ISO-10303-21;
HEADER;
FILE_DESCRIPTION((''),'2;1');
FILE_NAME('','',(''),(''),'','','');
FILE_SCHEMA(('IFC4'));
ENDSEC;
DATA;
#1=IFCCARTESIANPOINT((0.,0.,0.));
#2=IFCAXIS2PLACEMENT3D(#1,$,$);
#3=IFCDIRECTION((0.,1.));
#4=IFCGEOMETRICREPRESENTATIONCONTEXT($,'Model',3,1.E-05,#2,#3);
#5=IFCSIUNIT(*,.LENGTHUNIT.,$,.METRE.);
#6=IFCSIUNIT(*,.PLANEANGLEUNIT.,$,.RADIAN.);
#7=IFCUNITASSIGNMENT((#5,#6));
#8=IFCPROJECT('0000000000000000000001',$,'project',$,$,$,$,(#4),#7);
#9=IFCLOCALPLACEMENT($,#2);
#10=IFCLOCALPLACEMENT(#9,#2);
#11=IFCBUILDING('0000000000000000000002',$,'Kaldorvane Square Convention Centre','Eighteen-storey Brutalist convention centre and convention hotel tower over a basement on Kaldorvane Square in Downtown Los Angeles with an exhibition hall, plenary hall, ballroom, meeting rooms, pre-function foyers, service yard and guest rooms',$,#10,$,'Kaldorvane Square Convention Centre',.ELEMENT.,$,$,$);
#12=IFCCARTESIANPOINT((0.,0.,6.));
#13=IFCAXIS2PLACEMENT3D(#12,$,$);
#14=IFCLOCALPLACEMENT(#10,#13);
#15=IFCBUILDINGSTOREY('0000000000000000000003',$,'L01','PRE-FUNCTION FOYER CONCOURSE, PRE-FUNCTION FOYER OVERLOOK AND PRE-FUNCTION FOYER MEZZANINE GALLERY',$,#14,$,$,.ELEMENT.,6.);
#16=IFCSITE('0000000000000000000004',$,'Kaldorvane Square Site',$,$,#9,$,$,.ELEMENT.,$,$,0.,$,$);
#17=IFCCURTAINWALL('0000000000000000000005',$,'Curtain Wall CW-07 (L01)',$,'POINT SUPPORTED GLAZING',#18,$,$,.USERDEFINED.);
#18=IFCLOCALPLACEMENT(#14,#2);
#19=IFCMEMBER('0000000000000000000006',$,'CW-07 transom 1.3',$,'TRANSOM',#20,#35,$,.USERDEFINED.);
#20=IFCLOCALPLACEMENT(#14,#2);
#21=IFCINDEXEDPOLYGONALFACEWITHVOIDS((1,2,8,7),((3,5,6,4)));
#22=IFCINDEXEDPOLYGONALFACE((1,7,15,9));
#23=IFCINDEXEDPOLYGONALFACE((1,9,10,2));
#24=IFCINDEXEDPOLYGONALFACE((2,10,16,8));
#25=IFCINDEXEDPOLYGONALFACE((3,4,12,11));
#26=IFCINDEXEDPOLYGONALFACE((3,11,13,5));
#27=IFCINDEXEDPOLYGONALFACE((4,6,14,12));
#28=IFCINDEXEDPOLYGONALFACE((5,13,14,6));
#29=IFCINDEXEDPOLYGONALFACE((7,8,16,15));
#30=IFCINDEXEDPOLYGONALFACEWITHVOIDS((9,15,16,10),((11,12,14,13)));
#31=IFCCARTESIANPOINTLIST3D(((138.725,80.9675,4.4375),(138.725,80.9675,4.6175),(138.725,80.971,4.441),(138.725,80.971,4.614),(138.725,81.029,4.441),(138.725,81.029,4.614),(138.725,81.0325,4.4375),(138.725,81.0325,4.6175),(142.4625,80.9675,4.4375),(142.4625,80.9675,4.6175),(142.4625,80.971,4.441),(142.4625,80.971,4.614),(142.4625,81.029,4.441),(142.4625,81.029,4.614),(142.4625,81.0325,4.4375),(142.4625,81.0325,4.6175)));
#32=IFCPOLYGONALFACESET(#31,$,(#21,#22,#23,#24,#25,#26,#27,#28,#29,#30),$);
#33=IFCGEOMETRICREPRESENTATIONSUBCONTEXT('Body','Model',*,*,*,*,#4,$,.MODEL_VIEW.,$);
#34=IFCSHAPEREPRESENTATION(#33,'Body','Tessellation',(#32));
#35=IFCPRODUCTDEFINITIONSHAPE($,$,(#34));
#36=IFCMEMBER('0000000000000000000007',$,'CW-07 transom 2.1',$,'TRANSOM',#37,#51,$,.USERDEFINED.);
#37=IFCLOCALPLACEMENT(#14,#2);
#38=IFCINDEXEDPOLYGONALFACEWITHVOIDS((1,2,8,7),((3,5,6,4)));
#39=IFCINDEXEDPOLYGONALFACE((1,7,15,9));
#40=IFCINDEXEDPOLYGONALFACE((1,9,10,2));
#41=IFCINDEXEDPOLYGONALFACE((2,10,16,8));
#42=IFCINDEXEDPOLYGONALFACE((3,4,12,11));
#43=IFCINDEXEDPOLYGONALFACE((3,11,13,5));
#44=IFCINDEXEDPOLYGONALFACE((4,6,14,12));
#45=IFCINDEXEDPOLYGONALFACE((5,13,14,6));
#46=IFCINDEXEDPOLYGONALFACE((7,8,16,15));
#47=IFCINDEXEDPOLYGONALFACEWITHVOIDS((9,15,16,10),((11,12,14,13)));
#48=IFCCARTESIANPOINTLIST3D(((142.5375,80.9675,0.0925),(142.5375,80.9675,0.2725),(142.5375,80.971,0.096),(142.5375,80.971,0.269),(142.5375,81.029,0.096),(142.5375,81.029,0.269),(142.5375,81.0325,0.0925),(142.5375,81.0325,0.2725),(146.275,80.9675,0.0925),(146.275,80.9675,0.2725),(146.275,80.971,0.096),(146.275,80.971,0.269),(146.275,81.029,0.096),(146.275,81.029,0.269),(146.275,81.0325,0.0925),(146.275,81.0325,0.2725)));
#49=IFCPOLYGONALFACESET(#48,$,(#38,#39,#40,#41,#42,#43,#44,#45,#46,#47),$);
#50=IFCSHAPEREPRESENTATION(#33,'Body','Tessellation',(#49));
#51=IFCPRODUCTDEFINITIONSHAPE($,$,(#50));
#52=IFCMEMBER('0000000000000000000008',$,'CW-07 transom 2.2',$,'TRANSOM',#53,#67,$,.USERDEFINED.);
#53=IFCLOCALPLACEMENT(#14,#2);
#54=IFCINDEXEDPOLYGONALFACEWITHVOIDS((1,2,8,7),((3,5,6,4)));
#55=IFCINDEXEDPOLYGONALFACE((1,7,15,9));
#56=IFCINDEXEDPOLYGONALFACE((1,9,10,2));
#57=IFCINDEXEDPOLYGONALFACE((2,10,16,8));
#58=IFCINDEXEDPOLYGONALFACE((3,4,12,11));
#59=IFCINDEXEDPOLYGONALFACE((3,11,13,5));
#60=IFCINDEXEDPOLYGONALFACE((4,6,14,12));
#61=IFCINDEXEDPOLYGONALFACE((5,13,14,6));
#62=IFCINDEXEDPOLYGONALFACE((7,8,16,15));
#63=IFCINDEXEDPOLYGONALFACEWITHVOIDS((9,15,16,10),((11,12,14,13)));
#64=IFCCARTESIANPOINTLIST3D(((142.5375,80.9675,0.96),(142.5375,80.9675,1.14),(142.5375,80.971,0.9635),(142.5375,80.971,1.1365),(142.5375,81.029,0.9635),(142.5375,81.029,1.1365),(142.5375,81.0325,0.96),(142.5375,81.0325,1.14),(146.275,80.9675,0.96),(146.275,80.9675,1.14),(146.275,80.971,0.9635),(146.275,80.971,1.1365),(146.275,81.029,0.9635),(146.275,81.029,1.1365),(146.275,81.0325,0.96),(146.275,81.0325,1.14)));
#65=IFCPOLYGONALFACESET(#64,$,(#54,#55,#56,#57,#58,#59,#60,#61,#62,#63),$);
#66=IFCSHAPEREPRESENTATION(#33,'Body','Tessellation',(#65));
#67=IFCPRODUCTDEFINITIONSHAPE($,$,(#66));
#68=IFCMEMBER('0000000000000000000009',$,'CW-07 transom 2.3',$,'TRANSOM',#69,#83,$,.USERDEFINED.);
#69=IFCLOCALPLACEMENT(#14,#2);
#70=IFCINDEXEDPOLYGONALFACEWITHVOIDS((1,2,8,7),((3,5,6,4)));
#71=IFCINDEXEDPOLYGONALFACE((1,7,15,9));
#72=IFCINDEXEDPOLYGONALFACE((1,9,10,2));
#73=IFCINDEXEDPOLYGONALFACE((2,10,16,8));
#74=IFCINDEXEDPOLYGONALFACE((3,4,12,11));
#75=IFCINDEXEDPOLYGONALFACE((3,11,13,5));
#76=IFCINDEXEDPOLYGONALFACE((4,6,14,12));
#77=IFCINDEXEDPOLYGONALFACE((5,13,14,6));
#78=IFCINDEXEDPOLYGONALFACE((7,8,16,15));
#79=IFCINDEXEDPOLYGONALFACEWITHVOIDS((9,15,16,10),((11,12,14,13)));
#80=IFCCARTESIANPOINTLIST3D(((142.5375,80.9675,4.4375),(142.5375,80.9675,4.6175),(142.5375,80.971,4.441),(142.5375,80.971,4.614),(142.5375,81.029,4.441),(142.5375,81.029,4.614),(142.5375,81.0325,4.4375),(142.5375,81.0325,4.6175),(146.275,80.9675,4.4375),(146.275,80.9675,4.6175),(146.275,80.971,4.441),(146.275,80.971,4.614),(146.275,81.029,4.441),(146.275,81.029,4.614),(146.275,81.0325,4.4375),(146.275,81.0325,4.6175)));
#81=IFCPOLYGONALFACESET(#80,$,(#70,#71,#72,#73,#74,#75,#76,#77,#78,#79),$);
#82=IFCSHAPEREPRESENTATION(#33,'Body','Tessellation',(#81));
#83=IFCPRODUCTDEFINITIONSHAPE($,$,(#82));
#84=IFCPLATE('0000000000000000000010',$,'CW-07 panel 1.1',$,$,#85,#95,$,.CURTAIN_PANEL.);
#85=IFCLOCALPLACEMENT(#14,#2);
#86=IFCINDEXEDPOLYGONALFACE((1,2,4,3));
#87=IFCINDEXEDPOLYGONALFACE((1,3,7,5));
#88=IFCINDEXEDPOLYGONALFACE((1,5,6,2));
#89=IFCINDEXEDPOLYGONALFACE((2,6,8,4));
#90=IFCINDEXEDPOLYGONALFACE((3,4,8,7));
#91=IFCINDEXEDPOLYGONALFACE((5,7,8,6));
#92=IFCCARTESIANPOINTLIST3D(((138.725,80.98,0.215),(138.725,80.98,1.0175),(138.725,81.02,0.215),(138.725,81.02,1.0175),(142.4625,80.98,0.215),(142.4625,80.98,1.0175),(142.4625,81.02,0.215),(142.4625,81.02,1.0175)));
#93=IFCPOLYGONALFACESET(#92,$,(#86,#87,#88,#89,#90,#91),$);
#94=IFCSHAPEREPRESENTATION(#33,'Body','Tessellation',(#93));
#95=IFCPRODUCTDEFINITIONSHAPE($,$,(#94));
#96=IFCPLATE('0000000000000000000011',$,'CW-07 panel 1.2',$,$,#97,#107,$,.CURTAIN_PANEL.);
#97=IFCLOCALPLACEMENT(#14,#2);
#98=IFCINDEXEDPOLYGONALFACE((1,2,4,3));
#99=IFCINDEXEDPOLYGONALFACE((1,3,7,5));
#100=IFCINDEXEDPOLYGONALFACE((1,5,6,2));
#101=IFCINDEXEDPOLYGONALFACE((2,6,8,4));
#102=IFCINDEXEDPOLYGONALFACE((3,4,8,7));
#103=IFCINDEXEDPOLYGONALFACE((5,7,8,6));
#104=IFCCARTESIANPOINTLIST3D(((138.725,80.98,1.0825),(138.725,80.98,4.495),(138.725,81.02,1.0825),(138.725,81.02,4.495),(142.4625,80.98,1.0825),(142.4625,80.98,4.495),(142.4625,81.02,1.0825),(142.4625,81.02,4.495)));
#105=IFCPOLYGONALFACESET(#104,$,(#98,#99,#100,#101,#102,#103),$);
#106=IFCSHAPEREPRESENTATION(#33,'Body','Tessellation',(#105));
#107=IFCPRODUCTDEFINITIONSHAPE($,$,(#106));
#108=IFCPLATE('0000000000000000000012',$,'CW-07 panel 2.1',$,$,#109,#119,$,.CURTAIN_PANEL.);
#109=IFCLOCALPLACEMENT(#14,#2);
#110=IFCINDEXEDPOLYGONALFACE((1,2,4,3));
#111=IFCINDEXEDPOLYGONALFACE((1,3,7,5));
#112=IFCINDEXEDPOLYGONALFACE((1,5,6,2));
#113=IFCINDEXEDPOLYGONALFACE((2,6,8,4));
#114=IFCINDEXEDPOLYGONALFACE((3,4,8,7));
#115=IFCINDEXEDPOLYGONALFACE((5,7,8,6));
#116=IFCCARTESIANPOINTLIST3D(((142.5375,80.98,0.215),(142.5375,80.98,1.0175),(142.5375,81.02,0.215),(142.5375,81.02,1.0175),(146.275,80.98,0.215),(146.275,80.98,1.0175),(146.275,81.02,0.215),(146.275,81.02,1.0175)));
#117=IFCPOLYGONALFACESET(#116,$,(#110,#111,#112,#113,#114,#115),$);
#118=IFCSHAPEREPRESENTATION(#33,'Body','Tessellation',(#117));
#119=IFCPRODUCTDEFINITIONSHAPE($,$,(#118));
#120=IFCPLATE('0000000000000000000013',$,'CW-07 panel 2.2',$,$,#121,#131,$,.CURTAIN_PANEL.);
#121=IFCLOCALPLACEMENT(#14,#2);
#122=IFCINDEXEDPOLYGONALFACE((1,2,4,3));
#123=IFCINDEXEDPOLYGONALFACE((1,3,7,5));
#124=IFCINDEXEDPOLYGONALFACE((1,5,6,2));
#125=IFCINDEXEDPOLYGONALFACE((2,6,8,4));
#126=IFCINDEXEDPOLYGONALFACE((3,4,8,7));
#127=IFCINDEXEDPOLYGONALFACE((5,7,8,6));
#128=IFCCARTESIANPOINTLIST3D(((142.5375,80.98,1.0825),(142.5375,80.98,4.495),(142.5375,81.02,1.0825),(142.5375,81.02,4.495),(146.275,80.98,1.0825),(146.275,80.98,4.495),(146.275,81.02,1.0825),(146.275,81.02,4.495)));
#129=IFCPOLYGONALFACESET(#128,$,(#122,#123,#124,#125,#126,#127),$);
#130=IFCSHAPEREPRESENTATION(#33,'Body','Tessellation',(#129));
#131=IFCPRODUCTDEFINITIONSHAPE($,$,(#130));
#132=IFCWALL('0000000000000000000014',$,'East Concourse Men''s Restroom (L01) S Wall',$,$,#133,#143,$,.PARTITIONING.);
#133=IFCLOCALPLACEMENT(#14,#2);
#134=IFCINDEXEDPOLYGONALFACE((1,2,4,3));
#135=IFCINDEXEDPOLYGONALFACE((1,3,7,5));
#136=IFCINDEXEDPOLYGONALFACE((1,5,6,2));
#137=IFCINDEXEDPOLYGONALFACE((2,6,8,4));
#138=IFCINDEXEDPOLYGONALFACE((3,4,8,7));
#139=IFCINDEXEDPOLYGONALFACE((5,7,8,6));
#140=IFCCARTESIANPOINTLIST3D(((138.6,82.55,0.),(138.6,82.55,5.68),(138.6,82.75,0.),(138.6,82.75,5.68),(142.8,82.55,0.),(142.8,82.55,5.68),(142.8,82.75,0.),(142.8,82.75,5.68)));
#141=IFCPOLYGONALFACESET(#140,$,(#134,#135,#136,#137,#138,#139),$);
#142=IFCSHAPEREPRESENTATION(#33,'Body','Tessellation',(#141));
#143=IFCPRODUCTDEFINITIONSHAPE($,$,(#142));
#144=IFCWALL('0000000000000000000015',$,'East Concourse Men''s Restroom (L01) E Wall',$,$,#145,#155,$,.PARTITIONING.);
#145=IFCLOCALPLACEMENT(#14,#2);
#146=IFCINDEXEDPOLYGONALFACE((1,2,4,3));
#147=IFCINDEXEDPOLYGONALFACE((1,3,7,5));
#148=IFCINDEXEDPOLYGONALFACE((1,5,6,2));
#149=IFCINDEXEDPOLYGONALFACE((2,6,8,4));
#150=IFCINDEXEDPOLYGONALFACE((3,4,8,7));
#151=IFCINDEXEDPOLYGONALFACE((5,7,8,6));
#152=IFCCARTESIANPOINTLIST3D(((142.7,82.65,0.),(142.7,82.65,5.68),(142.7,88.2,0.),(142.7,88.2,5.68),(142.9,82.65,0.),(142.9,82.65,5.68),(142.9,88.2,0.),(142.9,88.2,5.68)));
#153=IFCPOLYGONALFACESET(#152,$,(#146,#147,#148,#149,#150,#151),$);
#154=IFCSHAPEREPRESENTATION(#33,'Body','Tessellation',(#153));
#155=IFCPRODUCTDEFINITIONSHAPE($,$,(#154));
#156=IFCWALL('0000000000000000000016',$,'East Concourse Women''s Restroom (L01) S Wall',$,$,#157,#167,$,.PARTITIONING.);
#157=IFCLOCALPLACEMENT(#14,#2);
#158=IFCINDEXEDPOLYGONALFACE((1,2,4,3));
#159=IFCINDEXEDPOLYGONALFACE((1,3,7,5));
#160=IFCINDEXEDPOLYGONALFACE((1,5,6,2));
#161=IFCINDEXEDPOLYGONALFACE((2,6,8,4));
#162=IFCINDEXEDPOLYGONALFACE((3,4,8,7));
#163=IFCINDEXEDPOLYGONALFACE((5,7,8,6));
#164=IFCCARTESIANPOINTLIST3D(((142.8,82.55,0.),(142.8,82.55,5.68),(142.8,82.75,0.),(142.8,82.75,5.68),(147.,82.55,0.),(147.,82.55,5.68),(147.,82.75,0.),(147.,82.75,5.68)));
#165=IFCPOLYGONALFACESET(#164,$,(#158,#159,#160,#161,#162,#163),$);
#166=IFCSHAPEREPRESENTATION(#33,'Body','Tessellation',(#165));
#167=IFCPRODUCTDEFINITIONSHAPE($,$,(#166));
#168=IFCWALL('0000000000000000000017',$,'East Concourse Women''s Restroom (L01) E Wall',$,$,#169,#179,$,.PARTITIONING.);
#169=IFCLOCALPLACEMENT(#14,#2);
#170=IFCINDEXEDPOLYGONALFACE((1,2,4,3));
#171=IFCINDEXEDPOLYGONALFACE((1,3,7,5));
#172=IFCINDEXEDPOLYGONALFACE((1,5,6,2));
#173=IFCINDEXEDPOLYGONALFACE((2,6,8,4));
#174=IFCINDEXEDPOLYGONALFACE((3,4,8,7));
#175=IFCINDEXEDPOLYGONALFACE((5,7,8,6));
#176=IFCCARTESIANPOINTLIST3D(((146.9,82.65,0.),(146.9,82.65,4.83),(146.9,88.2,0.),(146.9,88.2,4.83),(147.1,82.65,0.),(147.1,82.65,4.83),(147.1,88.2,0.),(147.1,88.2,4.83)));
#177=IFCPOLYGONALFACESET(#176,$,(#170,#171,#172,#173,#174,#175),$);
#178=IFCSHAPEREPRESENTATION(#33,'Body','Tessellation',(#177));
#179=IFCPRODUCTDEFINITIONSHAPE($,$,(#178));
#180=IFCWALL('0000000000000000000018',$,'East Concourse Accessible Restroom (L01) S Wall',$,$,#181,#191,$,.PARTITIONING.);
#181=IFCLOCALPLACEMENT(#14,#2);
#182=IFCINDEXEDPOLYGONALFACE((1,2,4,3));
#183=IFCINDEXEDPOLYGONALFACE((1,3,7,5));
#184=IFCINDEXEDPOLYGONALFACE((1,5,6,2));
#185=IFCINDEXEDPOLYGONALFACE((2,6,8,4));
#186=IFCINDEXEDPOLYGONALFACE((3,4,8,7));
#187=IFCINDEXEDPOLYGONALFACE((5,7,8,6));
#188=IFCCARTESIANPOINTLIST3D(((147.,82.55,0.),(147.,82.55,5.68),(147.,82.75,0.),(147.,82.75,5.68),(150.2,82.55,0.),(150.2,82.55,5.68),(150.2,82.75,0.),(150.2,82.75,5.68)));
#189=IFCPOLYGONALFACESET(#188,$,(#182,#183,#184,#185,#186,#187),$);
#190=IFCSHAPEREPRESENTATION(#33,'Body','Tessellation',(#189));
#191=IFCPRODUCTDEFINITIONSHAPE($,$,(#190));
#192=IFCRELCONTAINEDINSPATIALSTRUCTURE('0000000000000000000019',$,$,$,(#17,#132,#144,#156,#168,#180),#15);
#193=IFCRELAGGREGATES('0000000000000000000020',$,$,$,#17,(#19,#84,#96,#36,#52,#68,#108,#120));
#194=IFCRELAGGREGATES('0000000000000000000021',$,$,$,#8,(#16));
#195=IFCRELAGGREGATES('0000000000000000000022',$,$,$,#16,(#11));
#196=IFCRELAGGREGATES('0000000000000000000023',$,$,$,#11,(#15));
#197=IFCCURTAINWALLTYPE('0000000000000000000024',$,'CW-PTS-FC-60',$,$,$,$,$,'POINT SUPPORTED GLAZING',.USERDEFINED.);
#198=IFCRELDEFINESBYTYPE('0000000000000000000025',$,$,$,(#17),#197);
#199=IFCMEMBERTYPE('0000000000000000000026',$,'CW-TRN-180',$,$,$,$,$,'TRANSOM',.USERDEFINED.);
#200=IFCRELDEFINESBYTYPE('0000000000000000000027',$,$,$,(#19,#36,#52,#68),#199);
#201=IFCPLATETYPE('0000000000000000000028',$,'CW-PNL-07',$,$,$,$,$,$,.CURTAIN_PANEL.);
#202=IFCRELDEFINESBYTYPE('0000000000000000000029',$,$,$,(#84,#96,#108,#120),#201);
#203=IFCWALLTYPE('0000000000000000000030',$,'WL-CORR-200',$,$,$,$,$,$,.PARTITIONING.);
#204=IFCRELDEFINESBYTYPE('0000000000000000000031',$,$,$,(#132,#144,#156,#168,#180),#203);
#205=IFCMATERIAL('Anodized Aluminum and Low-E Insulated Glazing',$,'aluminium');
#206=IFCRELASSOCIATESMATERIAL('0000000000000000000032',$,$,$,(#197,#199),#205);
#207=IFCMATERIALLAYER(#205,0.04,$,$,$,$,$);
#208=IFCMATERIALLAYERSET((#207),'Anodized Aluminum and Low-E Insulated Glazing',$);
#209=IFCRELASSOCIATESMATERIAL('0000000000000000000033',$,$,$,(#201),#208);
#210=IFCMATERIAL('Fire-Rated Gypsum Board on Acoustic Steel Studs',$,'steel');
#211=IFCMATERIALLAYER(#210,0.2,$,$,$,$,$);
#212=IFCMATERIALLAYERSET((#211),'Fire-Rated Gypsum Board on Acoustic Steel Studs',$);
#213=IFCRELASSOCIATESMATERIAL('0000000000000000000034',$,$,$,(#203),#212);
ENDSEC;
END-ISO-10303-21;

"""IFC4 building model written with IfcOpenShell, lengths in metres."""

from ifc_helpers import new_model, si_unit, direction, frame, frame_2d, origin, origin_2d, place, context, subcontext, project, spatial, rectangle, hollow_rectangle, extrude, material, layer, layer_set, material_profile, profile_set, type_object, element, aggregate, save


model = new_model("IFC4")

# Units and contexts
model_context = context("Model", 3, precision=1e-05, world=origin(), true_north=direction((0.0, 1.0)))
body_context = subcontext(model_context, "Body", "Model", "MODEL_VIEW")
ifc_project = project(units=[si_unit("LENGTHUNIT", "METRE"), si_unit("PLANEANGLEUNIT", "RADIAN")], contexts=[model_context])

# Site, building, storey
site_placement = place(None, origin())
site = spatial("IfcSite", under=ifc_project, at=site_placement, Name="Kaldorvane Square Site", CompositionType="ELEMENT", RefElevation=0.0)
building_placement = place(site_placement, origin())
building = spatial("IfcBuilding", under=site, at=building_placement, Name="Kaldorvane Square Convention Centre", Description="Eighteen-storey Brutalist convention centre and convention hotel tower over a basement on Kaldorvane Square in Downtown Los Angeles with an exhibition hall, plenary hall, ballroom, meeting rooms, pre-function foyers, service yard and guest rooms", LongName="Kaldorvane Square Convention Centre", CompositionType="ELEMENT")
storey_placement = place(building_placement, frame((0.0, 0.0, 6.0)))
storey = spatial("IfcBuildingStorey", under=building, at=storey_placement, Name="L01", Description="PRE-FUNCTION FOYER CONCOURSE, PRE-FUNCTION FOYER OVERLOOK AND PRE-FUNCTION FOYER MEZZANINE GALLERY", CompositionType="ELEMENT", Elevation=6.0)

# Curtain wall, members, plates
ifc_material_1 = material(Name="Anodized Aluminum and Low-E Insulated Glazing", Category="aluminium")
curtain_wall_type = type_object("IfcCurtainWallType", Name="CW-PTS-FC-60", ElementType="POINT SUPPORTED GLAZING", PredefinedType="USERDEFINED", material=ifc_material_1)
curtain_wall_placement = place(storey_placement, origin())
curtain_wall = element("IfcCurtainWall", 1, at=curtain_wall_placement, inside=storey, type_object=curtain_wall_type, Name="Curtain Wall CW-07 (L01)", ObjectType="POINT SUPPORTED GLAZING", PredefinedType="USERDEFINED")
ifc_material_profile_1 = material_profile(ifc_material_1, hollow_rectangle(XDim=0.065, YDim=0.18, WallThickness=0.0035, at=origin_2d()), Name="CWT-180X65")
ifc_profile_set_1 = profile_set([ifc_material_profile_1], Name="Anodized Aluminum and Low-E Insulated Glazing")
member_type_1 = type_object("IfcMemberType", Name="CW-TRN-180", ElementType="TRANSOM", PredefinedType="USERDEFINED", material=ifc_profile_set_1)
member_1_placement = place(storey_placement, frame((138.725, 81.0, 4.5275), z_axis=(1.0, 0.0, 0.0), x_axis=(0.0, 1.0, 0.0)))
member_1 = element("IfcMember", 2, at=member_1_placement, type_object=member_type_1, Name="CW-07 transom 1.3", ObjectType="TRANSOM", PredefinedType="USERDEFINED", context=body_context, shape_type="SweptSolid", body=[
    extrude(hollow_rectangle(XDim=0.065, YDim=0.18, WallThickness=0.0035, at=origin_2d()), origin(), (0.0, 0.0, 1.0), 3.7375),
])
member_2_placement = place(storey_placement, frame((142.5375, 81.0, 0.1825), z_axis=(1.0, 0.0, 0.0), x_axis=(0.0, 1.0, 0.0)))
member_2 = element("IfcMember", 3, at=member_2_placement, type_object=member_type_1, Name="CW-07 transom 2.1", ObjectType="TRANSOM", PredefinedType="USERDEFINED", context=body_context, shape_type="SweptSolid", body=[
    extrude(hollow_rectangle(XDim=0.065, YDim=0.18, WallThickness=0.0035, at=origin_2d()), origin(), (0.0, 0.0, 1.0), 3.7375),
])
member_3_placement = place(storey_placement, frame((142.5375, 81.0, 1.05), z_axis=(1.0, 0.0, 0.0), x_axis=(0.0, 1.0, 0.0)))
member_3 = element("IfcMember", 4, at=member_3_placement, type_object=member_type_1, Name="CW-07 transom 2.2", ObjectType="TRANSOM", PredefinedType="USERDEFINED", context=body_context, shape_type="SweptSolid", body=[
    extrude(hollow_rectangle(XDim=0.065, YDim=0.18, WallThickness=0.0035, at=origin_2d()), origin(), (0.0, 0.0, 1.0), 3.7375),
])
member_4_placement = place(storey_placement, frame((142.5375, 81.0, 4.5275), z_axis=(1.0, 0.0, 0.0), x_axis=(0.0, 1.0, 0.0)))
member_4 = element("IfcMember", 5, at=member_4_placement, type_object=member_type_1, Name="CW-07 transom 2.3", ObjectType="TRANSOM", PredefinedType="USERDEFINED", context=body_context, shape_type="SweptSolid", body=[
    extrude(hollow_rectangle(XDim=0.065, YDim=0.18, WallThickness=0.0035, at=origin_2d()), origin(), (0.0, 0.0, 1.0), 3.7375),
])
ifc_layer_1 = layer(ifc_material_1, 0.04)
ifc_layer_set_1 = layer_set([ifc_layer_1], Name="Anodized Aluminum and Low-E Insulated Glazing")
plate_type = type_object("IfcPlateType", Name="CW-PNL-07", PredefinedType="CURTAIN_PANEL", material=ifc_layer_set_1)
plate_1_placement = place(storey_placement, frame((140.5938, 81.0, 0.215), z_axis=(0.0, 0.0, 1.0), x_axis=(1.0, 0.0, 0.0)))
plate_1 = element("IfcPlate", 6, at=plate_1_placement, type_object=plate_type, Name="CW-07 panel 1.1", PredefinedType="CURTAIN_PANEL", context=body_context, shape_type="SweptSolid", body=[
    extrude(rectangle(XDim=3.7375, YDim=0.04, at=origin_2d()), origin(), (0.0, 0.0, 1.0), 0.8025),
])
plate_2_placement = place(storey_placement, frame((140.5938, 81.0, 1.0825), z_axis=(0.0, 0.0, 1.0), x_axis=(1.0, 0.0, 0.0)))
plate_2 = element("IfcPlate", 7, at=plate_2_placement, type_object=plate_type, Name="CW-07 panel 1.2", PredefinedType="CURTAIN_PANEL", context=body_context, shape_type="SweptSolid", body=[
    extrude(rectangle(XDim=3.7375, YDim=0.04, at=origin_2d()), origin(), (0.0, 0.0, 1.0), 3.4125),
])
plate_3_placement = place(storey_placement, frame((144.4062, 81.0, 0.215), z_axis=(0.0, 0.0, 1.0), x_axis=(1.0, 0.0, 0.0)))
plate_3 = element("IfcPlate", 8, at=plate_3_placement, type_object=plate_type, Name="CW-07 panel 2.1", PredefinedType="CURTAIN_PANEL", context=body_context, shape_type="SweptSolid", body=[
    extrude(rectangle(XDim=3.7375, YDim=0.04, at=origin_2d()), origin(), (0.0, 0.0, 1.0), 0.8025),
])
plate_4_placement = place(storey_placement, frame((144.4062, 81.0, 1.0825), z_axis=(0.0, 0.0, 1.0), x_axis=(1.0, 0.0, 0.0)))
plate_4 = element("IfcPlate", 9, at=plate_4_placement, type_object=plate_type, Name="CW-07 panel 2.2", PredefinedType="CURTAIN_PANEL", context=body_context, shape_type="SweptSolid", body=[
    extrude(rectangle(XDim=3.7375, YDim=0.04, at=origin_2d()), origin(), (0.0, 0.0, 1.0), 3.4125),
])
aggregate(curtain_wall, [member_1, plate_1, plate_2, member_2, member_3, member_4, plate_3, plate_4])

# Walls
ifc_material_2 = material(Name="Fire-Rated Gypsum Board on Acoustic Steel Studs", Category="steel")
ifc_layer_2 = layer(ifc_material_2, 0.2)
ifc_layer_set_2 = layer_set([ifc_layer_2], Name="Fire-Rated Gypsum Board on Acoustic Steel Studs")
wall_type_1 = type_object("IfcWallType", Name="WL-CORR-200", PredefinedType="PARTITIONING", material=ifc_layer_set_2)
wall_1_placement = place(storey_placement, frame((138.6, 82.65, 0.0), z_axis=(0.0, 0.0, 1.0), x_axis=(1.0, 0.0, 0.0)))
element("IfcWall", 10, at=wall_1_placement, inside=storey, type_object=wall_type_1, Name="East Concourse Men's Restroom (L01) S Wall", PredefinedType="PARTITIONING", context=body_context, shape_type="SweptSolid", body=[
    extrude(rectangle(XDim=4.2, YDim=0.2, at=frame_2d((2.1, 0.0))), origin(), (0.0, 0.0, 1.0), 5.68),
])
wall_2_placement = place(storey_placement, frame((142.8, 82.65, 0.0), z_axis=(0.0, 0.0, 1.0), x_axis=(0.0, 1.0, 0.0)))
element("IfcWall", 11, at=wall_2_placement, inside=storey, type_object=wall_type_1, Name="East Concourse Men's Restroom (L01) E Wall", PredefinedType="PARTITIONING", context=body_context, shape_type="SweptSolid", body=[
    extrude(rectangle(XDim=5.55, YDim=0.2, at=frame_2d((2.775, 0.0))), origin(), (0.0, 0.0, 1.0), 5.68),
])
wall_3_placement = place(storey_placement, frame((142.8, 82.65, 0.0), z_axis=(0.0, 0.0, 1.0), x_axis=(1.0, 0.0, 0.0)))
element("IfcWall", 12, at=wall_3_placement, inside=storey, type_object=wall_type_1, Name="East Concourse Women's Restroom (L01) S Wall", PredefinedType="PARTITIONING", context=body_context, shape_type="SweptSolid", body=[
    extrude(rectangle(XDim=4.2, YDim=0.2, at=frame_2d((2.1, 0.0))), origin(), (0.0, 0.0, 1.0), 5.68),
])
wall_4_placement = place(storey_placement, frame((147.0, 82.65, 0.0), z_axis=(0.0, 0.0, 1.0), x_axis=(0.0, 1.0, 0.0)))
element("IfcWall", 13, at=wall_4_placement, inside=storey, type_object=wall_type_1, Name="East Concourse Women's Restroom (L01) E Wall", PredefinedType="PARTITIONING", context=body_context, shape_type="SweptSolid", body=[
    extrude(rectangle(XDim=5.55, YDim=0.2, at=frame_2d((2.775, 0.0))), origin(), (0.0, 0.0, 1.0), 4.83),
])
wall_5_placement = place(storey_placement, frame((147.0, 82.65, 0.0), z_axis=(0.0, 0.0, 1.0), x_axis=(1.0, 0.0, 0.0)))
element("IfcWall", 14, at=wall_5_placement, inside=storey, type_object=wall_type_1, Name="East Concourse Accessible Restroom (L01) S Wall", PredefinedType="PARTITIONING", context=body_context, shape_type="SweptSolid", body=[
    extrude(rectangle(XDim=3.2, YDim=0.2, at=frame_2d((1.6, 0.0))), origin(), (0.0, 0.0, 1.0), 5.68),
])

save(model, "model.ifc")
